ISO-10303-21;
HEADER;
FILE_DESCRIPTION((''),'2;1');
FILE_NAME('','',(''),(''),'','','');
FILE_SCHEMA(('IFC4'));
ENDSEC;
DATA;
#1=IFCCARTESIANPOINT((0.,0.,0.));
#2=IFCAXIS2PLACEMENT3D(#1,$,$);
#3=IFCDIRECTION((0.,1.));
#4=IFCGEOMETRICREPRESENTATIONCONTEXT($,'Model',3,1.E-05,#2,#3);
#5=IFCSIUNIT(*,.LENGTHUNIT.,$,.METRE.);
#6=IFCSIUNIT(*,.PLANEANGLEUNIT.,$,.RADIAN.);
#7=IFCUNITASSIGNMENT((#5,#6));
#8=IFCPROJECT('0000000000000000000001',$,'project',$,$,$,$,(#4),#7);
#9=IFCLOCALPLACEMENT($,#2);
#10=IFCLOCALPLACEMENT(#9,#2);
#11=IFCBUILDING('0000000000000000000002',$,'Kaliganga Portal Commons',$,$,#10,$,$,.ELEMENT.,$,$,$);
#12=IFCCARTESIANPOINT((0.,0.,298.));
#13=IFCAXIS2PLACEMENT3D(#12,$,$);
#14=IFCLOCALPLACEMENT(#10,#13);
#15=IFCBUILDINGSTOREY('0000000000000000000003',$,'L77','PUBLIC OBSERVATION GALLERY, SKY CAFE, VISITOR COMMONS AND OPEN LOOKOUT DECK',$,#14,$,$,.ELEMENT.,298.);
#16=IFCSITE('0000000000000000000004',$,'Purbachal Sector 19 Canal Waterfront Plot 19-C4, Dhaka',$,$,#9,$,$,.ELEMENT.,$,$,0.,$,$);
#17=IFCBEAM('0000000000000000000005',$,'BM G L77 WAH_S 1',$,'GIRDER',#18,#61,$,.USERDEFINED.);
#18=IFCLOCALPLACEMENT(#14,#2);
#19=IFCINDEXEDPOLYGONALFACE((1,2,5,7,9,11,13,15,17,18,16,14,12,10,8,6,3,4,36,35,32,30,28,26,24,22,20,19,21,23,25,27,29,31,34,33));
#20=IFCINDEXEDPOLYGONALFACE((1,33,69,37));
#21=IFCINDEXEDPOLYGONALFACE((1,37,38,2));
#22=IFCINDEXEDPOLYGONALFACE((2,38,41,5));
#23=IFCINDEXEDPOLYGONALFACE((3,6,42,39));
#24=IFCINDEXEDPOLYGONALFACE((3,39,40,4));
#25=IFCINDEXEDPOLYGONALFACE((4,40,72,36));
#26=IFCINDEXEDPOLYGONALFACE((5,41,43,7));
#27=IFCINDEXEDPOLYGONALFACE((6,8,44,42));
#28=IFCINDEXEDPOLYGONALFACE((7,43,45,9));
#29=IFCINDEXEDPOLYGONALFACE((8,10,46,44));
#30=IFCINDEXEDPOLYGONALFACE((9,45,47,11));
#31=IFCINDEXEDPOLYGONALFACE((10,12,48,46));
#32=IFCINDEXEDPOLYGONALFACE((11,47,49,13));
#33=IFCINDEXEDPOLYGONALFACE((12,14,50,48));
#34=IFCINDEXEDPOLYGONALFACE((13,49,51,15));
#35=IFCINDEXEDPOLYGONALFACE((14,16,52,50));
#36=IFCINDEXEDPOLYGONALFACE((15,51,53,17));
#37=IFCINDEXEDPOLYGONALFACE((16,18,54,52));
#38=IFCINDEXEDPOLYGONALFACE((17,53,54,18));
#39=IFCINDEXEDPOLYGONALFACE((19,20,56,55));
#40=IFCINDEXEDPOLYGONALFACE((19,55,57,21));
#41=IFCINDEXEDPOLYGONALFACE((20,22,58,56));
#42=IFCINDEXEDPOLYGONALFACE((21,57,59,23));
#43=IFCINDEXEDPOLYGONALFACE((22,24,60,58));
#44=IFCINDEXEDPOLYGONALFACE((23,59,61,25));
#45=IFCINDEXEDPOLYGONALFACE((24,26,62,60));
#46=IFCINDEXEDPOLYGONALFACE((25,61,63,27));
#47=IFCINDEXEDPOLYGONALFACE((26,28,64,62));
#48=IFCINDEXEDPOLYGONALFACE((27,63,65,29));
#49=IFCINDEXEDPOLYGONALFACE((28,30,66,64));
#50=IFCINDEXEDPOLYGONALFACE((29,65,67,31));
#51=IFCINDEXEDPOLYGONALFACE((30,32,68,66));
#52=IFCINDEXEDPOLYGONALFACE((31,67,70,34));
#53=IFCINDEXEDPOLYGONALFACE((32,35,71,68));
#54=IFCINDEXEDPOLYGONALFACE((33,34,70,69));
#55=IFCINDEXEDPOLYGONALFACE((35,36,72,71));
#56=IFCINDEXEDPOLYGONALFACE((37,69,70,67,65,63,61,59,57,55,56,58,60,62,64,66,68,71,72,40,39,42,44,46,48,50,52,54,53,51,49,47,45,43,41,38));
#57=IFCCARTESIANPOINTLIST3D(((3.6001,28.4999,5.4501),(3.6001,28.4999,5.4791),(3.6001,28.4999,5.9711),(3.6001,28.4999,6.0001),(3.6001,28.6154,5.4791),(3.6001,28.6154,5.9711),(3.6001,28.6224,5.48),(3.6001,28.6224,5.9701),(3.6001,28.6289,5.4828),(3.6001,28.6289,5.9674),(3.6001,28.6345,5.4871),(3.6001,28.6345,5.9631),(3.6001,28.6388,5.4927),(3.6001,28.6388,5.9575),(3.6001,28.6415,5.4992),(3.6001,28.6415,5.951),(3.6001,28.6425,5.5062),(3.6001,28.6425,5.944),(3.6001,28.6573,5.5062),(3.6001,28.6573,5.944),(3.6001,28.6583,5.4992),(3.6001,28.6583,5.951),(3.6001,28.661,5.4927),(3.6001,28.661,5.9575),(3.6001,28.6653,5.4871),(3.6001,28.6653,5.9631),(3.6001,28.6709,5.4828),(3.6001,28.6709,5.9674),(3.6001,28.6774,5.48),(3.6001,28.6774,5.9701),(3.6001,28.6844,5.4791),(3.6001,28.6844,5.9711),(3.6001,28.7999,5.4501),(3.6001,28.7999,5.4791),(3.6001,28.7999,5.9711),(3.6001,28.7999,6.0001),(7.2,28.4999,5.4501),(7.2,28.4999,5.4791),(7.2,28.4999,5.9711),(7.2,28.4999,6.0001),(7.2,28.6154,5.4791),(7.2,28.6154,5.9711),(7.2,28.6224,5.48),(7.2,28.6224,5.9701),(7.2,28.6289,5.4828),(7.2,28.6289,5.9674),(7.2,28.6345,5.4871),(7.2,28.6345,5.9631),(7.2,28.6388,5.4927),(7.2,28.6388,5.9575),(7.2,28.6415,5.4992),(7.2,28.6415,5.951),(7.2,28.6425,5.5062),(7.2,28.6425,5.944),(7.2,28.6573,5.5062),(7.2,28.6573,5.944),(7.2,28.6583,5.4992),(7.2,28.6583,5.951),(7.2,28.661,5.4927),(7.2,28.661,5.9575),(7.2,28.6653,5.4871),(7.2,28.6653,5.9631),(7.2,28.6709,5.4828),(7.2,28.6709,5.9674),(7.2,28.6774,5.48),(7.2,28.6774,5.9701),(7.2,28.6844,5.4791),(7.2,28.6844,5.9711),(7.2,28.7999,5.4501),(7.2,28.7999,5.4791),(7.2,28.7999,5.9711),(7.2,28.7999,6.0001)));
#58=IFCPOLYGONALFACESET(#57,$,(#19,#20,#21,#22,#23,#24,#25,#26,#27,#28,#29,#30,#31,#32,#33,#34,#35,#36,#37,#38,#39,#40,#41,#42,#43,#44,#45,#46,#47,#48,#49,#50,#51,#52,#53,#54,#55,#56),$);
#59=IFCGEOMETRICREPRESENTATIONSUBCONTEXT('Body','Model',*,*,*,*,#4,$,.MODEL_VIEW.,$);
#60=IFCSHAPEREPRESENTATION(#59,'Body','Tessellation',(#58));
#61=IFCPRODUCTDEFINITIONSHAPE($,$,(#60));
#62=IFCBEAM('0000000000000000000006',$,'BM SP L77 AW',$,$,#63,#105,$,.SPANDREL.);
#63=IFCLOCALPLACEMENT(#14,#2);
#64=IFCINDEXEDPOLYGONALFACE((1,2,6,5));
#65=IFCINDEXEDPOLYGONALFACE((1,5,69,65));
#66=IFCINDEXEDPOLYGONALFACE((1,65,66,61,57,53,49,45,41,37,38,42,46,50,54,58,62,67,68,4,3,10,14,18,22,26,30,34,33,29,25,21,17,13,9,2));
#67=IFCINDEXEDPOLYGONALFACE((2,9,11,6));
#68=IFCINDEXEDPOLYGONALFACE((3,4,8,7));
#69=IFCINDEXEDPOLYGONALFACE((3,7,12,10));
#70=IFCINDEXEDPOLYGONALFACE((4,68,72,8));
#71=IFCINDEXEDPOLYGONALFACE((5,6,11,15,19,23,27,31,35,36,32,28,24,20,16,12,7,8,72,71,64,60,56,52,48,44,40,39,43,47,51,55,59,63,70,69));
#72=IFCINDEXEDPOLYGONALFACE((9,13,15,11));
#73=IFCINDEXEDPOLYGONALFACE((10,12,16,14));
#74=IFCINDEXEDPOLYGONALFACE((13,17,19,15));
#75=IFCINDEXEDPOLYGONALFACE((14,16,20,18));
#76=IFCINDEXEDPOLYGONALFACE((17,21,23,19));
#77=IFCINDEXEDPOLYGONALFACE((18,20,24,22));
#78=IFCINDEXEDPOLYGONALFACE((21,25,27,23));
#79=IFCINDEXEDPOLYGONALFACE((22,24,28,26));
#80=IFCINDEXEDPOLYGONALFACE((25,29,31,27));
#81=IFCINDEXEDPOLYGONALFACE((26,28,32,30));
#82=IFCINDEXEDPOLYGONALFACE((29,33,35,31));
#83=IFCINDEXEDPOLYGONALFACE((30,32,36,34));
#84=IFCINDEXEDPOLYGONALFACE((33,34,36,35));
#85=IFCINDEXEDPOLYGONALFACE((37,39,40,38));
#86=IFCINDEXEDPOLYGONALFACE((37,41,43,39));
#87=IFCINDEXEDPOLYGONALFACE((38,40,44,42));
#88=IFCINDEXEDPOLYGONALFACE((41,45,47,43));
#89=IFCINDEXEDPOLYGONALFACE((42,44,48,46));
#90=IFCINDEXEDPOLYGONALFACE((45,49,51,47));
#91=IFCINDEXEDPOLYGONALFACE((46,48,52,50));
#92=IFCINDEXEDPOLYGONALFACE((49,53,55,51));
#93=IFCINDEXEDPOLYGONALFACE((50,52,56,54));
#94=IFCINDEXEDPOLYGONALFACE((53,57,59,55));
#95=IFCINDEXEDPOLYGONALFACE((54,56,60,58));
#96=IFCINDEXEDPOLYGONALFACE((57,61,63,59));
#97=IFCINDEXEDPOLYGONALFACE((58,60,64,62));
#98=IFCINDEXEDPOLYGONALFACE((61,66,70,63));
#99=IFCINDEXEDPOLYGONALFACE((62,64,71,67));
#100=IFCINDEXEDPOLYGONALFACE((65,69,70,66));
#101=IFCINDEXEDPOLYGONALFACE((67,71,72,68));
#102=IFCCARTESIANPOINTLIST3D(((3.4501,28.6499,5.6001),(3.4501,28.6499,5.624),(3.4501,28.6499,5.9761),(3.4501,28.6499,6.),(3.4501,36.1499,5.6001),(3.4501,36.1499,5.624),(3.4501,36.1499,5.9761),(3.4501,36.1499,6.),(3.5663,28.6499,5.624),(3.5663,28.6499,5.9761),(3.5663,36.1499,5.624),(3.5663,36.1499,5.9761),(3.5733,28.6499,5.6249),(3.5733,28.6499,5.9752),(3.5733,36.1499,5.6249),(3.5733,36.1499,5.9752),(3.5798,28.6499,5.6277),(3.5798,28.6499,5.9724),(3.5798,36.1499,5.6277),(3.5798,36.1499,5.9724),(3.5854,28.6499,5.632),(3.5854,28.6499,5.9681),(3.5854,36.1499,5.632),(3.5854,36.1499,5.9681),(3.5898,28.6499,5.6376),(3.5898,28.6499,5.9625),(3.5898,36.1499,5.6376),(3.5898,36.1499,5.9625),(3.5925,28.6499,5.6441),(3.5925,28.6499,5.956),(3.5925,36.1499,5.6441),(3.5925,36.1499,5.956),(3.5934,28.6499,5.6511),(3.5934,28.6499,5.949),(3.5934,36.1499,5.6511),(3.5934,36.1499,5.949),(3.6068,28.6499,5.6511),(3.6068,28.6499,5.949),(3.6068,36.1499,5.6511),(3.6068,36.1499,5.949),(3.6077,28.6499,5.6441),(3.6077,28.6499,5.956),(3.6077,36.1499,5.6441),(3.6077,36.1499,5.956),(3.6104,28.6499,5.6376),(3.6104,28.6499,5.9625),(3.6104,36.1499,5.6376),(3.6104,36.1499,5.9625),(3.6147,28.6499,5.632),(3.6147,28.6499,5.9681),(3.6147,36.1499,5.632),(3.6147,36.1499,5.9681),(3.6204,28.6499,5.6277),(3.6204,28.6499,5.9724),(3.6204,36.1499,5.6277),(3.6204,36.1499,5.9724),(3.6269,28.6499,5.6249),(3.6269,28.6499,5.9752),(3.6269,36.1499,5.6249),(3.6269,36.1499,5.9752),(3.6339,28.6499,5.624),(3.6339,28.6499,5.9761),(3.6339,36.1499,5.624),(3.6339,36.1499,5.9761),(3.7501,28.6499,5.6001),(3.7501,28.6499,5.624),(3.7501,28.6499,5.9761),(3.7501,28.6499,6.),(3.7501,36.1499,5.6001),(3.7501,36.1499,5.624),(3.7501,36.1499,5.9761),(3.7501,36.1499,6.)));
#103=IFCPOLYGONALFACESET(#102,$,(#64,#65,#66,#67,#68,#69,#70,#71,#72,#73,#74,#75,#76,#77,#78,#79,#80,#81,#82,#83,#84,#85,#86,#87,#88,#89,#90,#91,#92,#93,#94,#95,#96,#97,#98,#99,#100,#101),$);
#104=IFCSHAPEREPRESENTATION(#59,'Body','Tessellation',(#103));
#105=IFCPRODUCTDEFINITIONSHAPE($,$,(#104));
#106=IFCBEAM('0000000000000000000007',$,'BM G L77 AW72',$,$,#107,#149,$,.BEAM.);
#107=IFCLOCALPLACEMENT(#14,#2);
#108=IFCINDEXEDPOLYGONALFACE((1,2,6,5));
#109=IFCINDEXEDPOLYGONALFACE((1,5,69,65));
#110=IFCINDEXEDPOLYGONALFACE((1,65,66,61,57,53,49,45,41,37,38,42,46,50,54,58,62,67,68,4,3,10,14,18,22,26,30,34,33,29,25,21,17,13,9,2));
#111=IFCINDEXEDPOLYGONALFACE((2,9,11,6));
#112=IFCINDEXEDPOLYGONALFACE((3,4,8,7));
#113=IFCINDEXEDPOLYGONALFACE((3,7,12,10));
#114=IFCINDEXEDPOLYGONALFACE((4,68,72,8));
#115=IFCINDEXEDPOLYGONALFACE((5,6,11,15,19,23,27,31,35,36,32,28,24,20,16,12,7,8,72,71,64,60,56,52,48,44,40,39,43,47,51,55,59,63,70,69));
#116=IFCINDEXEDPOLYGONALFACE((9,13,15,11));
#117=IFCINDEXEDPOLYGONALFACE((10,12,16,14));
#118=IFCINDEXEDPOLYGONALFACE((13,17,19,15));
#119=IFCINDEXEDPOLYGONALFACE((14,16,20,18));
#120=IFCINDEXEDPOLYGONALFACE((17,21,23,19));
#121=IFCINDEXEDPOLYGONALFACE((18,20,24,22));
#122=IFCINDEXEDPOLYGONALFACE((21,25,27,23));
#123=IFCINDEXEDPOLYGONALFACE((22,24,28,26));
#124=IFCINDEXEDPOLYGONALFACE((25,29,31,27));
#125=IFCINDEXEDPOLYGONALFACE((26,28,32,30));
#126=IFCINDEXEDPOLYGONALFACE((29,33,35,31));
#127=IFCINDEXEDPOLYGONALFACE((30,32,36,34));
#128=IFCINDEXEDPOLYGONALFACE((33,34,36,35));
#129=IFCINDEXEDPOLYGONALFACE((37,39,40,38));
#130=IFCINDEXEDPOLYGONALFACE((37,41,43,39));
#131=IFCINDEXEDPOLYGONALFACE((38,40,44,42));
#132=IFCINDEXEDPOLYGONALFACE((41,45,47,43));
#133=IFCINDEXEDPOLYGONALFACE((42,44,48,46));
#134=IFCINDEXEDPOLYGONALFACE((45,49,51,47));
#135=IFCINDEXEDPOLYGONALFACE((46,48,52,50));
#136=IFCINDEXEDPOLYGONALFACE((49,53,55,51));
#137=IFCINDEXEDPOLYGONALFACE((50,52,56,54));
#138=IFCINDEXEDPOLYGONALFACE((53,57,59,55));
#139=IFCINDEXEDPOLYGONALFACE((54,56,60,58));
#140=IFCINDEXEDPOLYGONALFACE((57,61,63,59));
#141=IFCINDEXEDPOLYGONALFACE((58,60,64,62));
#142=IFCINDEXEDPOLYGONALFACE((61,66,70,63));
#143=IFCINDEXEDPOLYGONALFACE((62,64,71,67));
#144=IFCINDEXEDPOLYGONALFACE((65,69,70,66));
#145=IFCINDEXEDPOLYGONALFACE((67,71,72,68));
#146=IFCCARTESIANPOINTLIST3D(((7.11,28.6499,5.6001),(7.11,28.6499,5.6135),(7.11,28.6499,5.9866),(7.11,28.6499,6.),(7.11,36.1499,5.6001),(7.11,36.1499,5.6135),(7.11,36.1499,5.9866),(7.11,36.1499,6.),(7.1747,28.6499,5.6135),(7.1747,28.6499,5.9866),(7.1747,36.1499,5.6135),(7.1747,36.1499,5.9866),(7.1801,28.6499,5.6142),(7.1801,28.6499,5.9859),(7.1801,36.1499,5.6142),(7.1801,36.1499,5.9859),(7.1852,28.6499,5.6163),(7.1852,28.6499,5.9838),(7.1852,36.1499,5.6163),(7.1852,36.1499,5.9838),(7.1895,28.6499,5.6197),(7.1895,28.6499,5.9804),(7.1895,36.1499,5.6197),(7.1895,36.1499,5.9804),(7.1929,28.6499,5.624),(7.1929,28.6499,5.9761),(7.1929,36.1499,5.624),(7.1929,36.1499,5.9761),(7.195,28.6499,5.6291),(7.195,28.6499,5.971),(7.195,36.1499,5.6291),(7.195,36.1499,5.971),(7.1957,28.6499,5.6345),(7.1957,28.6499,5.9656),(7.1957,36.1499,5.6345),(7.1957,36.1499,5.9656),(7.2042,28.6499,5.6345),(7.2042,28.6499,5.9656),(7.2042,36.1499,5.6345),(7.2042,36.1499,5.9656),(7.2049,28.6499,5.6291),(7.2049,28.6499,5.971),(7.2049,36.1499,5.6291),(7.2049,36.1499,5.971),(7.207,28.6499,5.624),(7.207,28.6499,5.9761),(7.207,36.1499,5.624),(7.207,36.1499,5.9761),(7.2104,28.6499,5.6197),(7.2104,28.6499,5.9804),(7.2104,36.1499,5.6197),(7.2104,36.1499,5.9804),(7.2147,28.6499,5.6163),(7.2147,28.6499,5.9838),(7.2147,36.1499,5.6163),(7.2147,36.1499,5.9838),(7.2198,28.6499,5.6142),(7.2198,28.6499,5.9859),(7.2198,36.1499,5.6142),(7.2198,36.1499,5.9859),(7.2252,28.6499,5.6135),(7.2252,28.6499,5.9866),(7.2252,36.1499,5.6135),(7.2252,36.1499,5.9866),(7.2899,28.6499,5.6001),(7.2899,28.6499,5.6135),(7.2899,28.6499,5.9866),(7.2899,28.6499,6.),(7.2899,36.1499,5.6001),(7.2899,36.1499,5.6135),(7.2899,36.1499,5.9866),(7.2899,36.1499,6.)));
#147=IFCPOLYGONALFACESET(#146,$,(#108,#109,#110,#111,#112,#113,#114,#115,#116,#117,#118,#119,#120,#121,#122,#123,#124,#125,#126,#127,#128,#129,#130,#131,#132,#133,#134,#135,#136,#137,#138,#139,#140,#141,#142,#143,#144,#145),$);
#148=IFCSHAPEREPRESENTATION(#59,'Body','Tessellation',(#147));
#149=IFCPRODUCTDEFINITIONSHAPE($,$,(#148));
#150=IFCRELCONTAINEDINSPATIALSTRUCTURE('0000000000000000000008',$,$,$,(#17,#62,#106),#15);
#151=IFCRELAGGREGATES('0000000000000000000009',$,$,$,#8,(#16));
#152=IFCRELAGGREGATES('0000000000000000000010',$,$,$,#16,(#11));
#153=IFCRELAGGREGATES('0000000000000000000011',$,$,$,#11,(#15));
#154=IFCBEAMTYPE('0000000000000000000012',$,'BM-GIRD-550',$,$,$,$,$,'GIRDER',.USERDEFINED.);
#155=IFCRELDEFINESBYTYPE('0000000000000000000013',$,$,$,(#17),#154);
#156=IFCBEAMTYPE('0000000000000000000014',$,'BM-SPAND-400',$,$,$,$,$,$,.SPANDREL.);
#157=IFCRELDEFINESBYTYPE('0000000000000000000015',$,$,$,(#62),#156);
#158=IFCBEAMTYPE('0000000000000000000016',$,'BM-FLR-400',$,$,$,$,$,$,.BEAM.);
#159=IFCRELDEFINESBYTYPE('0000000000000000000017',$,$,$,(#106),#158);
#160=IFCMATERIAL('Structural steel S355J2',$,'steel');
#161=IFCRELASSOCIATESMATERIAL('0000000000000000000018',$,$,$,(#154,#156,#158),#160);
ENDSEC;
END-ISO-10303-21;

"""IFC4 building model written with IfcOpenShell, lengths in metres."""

from ifc_helpers import new_model, si_unit, direction, frame, origin, origin_2d, place, context, subcontext, project, spatial, i_section, extrude, source, transform, mapped, material, material_profile, profile_set, type_object, element, save


model = new_model("IFC4")

# Units and contexts
model_context = context("Model", 3, precision=1e-05, world=origin(), true_north=direction((0.0, 1.0)))
body_context = subcontext(model_context, "Body", "Model", "MODEL_VIEW")
ifc_project = project(units=[si_unit("LENGTHUNIT", "METRE"), si_unit("PLANEANGLEUNIT", "RADIAN")], contexts=[model_context])

# Site, building, storey
site_placement = place(None, origin())
site = spatial("IfcSite", under=ifc_project, at=site_placement, Name="Purbachal Sector 19 Canal Waterfront Plot 19-C4, Dhaka", CompositionType="ELEMENT", RefElevation=0.0)
building_placement = place(site_placement, origin())
building = spatial("IfcBuilding", under=site, at=building_placement, Name="Kaliganga Portal Commons", CompositionType="ELEMENT")
storey_placement = place(building_placement, frame((0.0, 0.0, 298.0)))
storey = spatial("IfcBuildingStorey", under=building, at=storey_placement, Name="L77", Description="PUBLIC OBSERVATION GALLERY, SKY CAFE, VISITOR COMMONS AND OPEN LOOKOUT DECK", CompositionType="ELEMENT", Elevation=298.0)

# Beams
ifc_material_1 = material(Name="Structural steel S355J2", Category="steel")
ifc_material_profile_1 = material_profile(ifc_material_1, i_section(OverallWidth=0.3, OverallDepth=0.55, WebThickness=0.0149, FlangeThickness=0.0291, FilletRadius=0.0271, at=origin_2d()), Name="HE 550 B")
ifc_profile_set_1 = profile_set([ifc_material_profile_1], Name="Structural steel S355J2 wide-flange")
beam_type_1 = type_object("IfcBeamType", Name="BM-GIRD-550", ElementType="GIRDER", PredefinedType="USERDEFINED", material=ifc_profile_set_1)
shared_shape_1 = source(origin(), body_context, "Body", "SweptSolid", [
    extrude(i_section(OverallWidth=0.3, OverallDepth=0.55, WebThickness=0.0149, FlangeThickness=0.0291, FilletRadius=0.0271, at=origin_2d()), origin(), (0.0, 0.0, 1.0), 3.5999),
])
beam_1_placement = place(storey_placement, frame((3.6001, 28.6499, 5.7251), z_axis=(1.0, 0.0, 0.0), x_axis=(0.0, 1.0, 0.0)))
element("IfcBeam", 1, at=beam_1_placement, inside=storey, type_object=beam_type_1, Name="BM G L77 WAH_S 1", ObjectType="GIRDER", PredefinedType="USERDEFINED", context=body_context, shape_type="MappedRepresentation", body=[
    mapped(shared_shape_1, transform((0.0, 0.0, 0.0), x_axis=(1.0, 0.0, 0.0), y_axis=(0.0, 1.0, 0.0), z_axis=(0.0, 0.0, 1.0), scale=1.0)),
])
ifc_material_profile_2 = material_profile(ifc_material_1, i_section(OverallWidth=0.3, OverallDepth=0.3999, WebThickness=0.0134, FlangeThickness=0.0239, FilletRadius=0.0271, at=origin_2d()), Name="HE 400 B")
ifc_profile_set_2 = profile_set([ifc_material_profile_2], Name="Structural steel S355J2 wide-flange")
beam_type_2 = type_object("IfcBeamType", Name="BM-SPAND-400", PredefinedType="SPANDREL", material=ifc_profile_set_2)
shared_shape_2 = source(origin(), body_context, "Body", "SweptSolid", [
    extrude(i_section(OverallWidth=0.3, OverallDepth=0.3999, WebThickness=0.0134, FlangeThickness=0.0239, FilletRadius=0.0271, at=origin_2d()), origin(), (0.0, 0.0, 1.0), 7.5),
])
beam_2_placement = place(storey_placement, frame((3.6001, 28.6499, 5.8), z_axis=(0.0, 1.0, 0.0), x_axis=(-1.0, 0.0, 0.0)))
element("IfcBeam", 2, at=beam_2_placement, inside=storey, type_object=beam_type_2, Name="BM SP L77 AW", PredefinedType="SPANDREL", context=body_context, shape_type="MappedRepresentation", body=[
    mapped(shared_shape_2, transform((0.0, 0.0, 0.0), x_axis=(1.0, 0.0, 0.0), y_axis=(0.0, 1.0, 0.0), z_axis=(0.0, 0.0, 1.0), scale=1.0)),
])
ifc_material_profile_3 = material_profile(ifc_material_1, i_section(OverallWidth=0.1799, OverallDepth=0.3999, WebThickness=0.0085, FlangeThickness=0.0134, FilletRadius=0.021, at=origin_2d()), Name="IPE 400")
ifc_profile_set_3 = profile_set([ifc_material_profile_3], Name="Structural steel S355J2 wide-flange")
beam_type_3 = type_object("IfcBeamType", Name="BM-FLR-400", PredefinedType="BEAM", material=ifc_profile_set_3)
shared_shape_3 = source(origin(), body_context, "Body", "SweptSolid", [
    extrude(i_section(OverallWidth=0.1799, OverallDepth=0.3999, WebThickness=0.0085, FlangeThickness=0.0134, FilletRadius=0.021, at=origin_2d()), origin(), (0.0, 0.0, 1.0), 7.5),
])
for number, where, z_axis, x_axis, name in (
    (3, (7.2, 28.6499, 5.8), (0.0, 1.0, 0.0), (-1.0, 0.0, 0.0), "BM G L77 AW72"),
):
    element("IfcBeam", number, at=place(storey_placement, frame(where, z_axis=z_axis, x_axis=x_axis)), inside=storey, type_object=beam_type_3, Name=name, PredefinedType="BEAM", context=body_context, shape_type="MappedRepresentation", body=[
        mapped(shared_shape_3, transform((0.0, 0.0, 0.0), x_axis=(1.0, 0.0, 0.0), y_axis=(0.0, 1.0, 0.0), z_axis=(0.0, 0.0, 1.0), scale=1.0)),
    ])

save(model, "model.ifc")
